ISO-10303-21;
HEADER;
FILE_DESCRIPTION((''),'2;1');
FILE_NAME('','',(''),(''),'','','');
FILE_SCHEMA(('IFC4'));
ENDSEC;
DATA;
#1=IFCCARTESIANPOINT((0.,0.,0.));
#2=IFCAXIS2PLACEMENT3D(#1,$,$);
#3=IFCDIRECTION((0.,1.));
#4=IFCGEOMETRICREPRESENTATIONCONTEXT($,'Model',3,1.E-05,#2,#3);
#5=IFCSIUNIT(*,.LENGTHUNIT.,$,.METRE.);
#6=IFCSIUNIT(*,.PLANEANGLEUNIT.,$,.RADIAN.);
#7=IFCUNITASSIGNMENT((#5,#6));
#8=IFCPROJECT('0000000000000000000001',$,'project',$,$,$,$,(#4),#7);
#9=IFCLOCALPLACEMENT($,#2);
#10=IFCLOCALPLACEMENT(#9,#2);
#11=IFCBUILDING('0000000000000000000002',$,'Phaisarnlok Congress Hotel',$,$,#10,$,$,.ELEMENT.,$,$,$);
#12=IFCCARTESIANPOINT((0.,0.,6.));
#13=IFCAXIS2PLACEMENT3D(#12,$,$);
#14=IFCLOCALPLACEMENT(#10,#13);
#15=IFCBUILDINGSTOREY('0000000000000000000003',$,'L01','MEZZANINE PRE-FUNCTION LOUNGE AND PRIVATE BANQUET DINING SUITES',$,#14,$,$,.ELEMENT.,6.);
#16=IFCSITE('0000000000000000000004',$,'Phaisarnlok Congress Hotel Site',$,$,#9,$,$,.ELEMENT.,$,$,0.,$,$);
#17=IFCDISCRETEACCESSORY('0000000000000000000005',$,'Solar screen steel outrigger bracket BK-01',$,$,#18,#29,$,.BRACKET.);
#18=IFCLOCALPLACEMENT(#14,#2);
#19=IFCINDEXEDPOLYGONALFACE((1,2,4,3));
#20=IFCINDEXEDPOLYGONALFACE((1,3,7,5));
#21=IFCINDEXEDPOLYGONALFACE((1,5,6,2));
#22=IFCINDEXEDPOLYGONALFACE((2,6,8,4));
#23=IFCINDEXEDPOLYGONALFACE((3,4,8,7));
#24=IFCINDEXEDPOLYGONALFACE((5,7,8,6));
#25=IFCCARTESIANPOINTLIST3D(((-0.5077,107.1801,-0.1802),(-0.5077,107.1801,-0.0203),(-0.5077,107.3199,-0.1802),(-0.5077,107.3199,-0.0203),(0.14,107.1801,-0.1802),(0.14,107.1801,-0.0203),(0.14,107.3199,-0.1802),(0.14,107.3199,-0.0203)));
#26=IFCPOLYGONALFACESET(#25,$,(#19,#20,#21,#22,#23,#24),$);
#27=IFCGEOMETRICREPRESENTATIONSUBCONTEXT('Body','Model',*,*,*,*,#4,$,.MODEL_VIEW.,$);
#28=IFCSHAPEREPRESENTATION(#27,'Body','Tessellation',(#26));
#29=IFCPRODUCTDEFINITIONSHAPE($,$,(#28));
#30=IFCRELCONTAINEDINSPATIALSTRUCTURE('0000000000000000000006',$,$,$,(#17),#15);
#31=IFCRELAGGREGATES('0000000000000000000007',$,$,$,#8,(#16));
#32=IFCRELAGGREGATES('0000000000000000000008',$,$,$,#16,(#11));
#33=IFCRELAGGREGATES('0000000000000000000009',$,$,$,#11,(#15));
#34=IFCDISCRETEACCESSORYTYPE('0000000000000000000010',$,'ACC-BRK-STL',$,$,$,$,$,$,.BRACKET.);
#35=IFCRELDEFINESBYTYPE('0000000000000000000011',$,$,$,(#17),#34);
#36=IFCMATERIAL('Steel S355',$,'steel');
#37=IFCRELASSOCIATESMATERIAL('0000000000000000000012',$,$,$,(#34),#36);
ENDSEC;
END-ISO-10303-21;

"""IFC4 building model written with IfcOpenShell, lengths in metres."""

from ifc_helpers import new_model, si_unit, direction, frame, origin, origin_2d, place, context, subcontext, project, spatial, rectangle, extrude, material, type_object, element, save


model = new_model("IFC4")

# Units and contexts
model_context = context("Model", 3, precision=1e-05, world=origin(), true_north=direction((0.0, 1.0)))
body_context = subcontext(model_context, "Body", "Model", "MODEL_VIEW")
ifc_project = project(units=[si_unit("LENGTHUNIT", "METRE"), si_unit("PLANEANGLEUNIT", "RADIAN")], contexts=[model_context])

# Site, building, storey
site_placement = place(None, origin())
site = spatial("IfcSite", under=ifc_project, at=site_placement, Name="Phaisarnlok Congress Hotel Site", CompositionType="ELEMENT", RefElevation=0.0)
building_placement = place(site_placement, origin())
building = spatial("IfcBuilding", under=site, at=building_placement, Name="Phaisarnlok Congress Hotel", CompositionType="ELEMENT")
storey_placement = place(building_placement, frame((0.0, 0.0, 6.0)))
storey = spatial("IfcBuildingStorey", under=building, at=storey_placement, Name="L01", Description="MEZZANINE PRE-FUNCTION LOUNGE AND PRIVATE BANQUET DINING SUITES", CompositionType="ELEMENT", Elevation=6.0)

# Discrete accessory
ifc_material_1 = material(Name="Steel S355", Category="steel")
discrete_accessory_type = type_object("IfcDiscreteAccessoryType", Name="ACC-BRK-STL", PredefinedType="BRACKET", material=ifc_material_1)
for number, where, z_axis, x_axis, name in (
    (1, (-0.1838, 107.25, -0.1802), (0.0, 0.0, 1.0), (1.0, 0.0, 0.0), "Solar screen steel outrigger bracket BK-01"),
):
    element("IfcDiscreteAccessory", number, at=place(storey_placement, frame(where, z_axis=z_axis, x_axis=x_axis)), inside=storey, type_object=discrete_accessory_type, Name=name, PredefinedType="BRACKET", context=body_context, shape_type="SweptSolid", body=[
        extrude(rectangle(XDim=0.6477, YDim=0.1399, at=origin_2d()), origin(), (0.0, 0.0, 1.0), 0.1599),
    ])

save(model, "model.ifc")
